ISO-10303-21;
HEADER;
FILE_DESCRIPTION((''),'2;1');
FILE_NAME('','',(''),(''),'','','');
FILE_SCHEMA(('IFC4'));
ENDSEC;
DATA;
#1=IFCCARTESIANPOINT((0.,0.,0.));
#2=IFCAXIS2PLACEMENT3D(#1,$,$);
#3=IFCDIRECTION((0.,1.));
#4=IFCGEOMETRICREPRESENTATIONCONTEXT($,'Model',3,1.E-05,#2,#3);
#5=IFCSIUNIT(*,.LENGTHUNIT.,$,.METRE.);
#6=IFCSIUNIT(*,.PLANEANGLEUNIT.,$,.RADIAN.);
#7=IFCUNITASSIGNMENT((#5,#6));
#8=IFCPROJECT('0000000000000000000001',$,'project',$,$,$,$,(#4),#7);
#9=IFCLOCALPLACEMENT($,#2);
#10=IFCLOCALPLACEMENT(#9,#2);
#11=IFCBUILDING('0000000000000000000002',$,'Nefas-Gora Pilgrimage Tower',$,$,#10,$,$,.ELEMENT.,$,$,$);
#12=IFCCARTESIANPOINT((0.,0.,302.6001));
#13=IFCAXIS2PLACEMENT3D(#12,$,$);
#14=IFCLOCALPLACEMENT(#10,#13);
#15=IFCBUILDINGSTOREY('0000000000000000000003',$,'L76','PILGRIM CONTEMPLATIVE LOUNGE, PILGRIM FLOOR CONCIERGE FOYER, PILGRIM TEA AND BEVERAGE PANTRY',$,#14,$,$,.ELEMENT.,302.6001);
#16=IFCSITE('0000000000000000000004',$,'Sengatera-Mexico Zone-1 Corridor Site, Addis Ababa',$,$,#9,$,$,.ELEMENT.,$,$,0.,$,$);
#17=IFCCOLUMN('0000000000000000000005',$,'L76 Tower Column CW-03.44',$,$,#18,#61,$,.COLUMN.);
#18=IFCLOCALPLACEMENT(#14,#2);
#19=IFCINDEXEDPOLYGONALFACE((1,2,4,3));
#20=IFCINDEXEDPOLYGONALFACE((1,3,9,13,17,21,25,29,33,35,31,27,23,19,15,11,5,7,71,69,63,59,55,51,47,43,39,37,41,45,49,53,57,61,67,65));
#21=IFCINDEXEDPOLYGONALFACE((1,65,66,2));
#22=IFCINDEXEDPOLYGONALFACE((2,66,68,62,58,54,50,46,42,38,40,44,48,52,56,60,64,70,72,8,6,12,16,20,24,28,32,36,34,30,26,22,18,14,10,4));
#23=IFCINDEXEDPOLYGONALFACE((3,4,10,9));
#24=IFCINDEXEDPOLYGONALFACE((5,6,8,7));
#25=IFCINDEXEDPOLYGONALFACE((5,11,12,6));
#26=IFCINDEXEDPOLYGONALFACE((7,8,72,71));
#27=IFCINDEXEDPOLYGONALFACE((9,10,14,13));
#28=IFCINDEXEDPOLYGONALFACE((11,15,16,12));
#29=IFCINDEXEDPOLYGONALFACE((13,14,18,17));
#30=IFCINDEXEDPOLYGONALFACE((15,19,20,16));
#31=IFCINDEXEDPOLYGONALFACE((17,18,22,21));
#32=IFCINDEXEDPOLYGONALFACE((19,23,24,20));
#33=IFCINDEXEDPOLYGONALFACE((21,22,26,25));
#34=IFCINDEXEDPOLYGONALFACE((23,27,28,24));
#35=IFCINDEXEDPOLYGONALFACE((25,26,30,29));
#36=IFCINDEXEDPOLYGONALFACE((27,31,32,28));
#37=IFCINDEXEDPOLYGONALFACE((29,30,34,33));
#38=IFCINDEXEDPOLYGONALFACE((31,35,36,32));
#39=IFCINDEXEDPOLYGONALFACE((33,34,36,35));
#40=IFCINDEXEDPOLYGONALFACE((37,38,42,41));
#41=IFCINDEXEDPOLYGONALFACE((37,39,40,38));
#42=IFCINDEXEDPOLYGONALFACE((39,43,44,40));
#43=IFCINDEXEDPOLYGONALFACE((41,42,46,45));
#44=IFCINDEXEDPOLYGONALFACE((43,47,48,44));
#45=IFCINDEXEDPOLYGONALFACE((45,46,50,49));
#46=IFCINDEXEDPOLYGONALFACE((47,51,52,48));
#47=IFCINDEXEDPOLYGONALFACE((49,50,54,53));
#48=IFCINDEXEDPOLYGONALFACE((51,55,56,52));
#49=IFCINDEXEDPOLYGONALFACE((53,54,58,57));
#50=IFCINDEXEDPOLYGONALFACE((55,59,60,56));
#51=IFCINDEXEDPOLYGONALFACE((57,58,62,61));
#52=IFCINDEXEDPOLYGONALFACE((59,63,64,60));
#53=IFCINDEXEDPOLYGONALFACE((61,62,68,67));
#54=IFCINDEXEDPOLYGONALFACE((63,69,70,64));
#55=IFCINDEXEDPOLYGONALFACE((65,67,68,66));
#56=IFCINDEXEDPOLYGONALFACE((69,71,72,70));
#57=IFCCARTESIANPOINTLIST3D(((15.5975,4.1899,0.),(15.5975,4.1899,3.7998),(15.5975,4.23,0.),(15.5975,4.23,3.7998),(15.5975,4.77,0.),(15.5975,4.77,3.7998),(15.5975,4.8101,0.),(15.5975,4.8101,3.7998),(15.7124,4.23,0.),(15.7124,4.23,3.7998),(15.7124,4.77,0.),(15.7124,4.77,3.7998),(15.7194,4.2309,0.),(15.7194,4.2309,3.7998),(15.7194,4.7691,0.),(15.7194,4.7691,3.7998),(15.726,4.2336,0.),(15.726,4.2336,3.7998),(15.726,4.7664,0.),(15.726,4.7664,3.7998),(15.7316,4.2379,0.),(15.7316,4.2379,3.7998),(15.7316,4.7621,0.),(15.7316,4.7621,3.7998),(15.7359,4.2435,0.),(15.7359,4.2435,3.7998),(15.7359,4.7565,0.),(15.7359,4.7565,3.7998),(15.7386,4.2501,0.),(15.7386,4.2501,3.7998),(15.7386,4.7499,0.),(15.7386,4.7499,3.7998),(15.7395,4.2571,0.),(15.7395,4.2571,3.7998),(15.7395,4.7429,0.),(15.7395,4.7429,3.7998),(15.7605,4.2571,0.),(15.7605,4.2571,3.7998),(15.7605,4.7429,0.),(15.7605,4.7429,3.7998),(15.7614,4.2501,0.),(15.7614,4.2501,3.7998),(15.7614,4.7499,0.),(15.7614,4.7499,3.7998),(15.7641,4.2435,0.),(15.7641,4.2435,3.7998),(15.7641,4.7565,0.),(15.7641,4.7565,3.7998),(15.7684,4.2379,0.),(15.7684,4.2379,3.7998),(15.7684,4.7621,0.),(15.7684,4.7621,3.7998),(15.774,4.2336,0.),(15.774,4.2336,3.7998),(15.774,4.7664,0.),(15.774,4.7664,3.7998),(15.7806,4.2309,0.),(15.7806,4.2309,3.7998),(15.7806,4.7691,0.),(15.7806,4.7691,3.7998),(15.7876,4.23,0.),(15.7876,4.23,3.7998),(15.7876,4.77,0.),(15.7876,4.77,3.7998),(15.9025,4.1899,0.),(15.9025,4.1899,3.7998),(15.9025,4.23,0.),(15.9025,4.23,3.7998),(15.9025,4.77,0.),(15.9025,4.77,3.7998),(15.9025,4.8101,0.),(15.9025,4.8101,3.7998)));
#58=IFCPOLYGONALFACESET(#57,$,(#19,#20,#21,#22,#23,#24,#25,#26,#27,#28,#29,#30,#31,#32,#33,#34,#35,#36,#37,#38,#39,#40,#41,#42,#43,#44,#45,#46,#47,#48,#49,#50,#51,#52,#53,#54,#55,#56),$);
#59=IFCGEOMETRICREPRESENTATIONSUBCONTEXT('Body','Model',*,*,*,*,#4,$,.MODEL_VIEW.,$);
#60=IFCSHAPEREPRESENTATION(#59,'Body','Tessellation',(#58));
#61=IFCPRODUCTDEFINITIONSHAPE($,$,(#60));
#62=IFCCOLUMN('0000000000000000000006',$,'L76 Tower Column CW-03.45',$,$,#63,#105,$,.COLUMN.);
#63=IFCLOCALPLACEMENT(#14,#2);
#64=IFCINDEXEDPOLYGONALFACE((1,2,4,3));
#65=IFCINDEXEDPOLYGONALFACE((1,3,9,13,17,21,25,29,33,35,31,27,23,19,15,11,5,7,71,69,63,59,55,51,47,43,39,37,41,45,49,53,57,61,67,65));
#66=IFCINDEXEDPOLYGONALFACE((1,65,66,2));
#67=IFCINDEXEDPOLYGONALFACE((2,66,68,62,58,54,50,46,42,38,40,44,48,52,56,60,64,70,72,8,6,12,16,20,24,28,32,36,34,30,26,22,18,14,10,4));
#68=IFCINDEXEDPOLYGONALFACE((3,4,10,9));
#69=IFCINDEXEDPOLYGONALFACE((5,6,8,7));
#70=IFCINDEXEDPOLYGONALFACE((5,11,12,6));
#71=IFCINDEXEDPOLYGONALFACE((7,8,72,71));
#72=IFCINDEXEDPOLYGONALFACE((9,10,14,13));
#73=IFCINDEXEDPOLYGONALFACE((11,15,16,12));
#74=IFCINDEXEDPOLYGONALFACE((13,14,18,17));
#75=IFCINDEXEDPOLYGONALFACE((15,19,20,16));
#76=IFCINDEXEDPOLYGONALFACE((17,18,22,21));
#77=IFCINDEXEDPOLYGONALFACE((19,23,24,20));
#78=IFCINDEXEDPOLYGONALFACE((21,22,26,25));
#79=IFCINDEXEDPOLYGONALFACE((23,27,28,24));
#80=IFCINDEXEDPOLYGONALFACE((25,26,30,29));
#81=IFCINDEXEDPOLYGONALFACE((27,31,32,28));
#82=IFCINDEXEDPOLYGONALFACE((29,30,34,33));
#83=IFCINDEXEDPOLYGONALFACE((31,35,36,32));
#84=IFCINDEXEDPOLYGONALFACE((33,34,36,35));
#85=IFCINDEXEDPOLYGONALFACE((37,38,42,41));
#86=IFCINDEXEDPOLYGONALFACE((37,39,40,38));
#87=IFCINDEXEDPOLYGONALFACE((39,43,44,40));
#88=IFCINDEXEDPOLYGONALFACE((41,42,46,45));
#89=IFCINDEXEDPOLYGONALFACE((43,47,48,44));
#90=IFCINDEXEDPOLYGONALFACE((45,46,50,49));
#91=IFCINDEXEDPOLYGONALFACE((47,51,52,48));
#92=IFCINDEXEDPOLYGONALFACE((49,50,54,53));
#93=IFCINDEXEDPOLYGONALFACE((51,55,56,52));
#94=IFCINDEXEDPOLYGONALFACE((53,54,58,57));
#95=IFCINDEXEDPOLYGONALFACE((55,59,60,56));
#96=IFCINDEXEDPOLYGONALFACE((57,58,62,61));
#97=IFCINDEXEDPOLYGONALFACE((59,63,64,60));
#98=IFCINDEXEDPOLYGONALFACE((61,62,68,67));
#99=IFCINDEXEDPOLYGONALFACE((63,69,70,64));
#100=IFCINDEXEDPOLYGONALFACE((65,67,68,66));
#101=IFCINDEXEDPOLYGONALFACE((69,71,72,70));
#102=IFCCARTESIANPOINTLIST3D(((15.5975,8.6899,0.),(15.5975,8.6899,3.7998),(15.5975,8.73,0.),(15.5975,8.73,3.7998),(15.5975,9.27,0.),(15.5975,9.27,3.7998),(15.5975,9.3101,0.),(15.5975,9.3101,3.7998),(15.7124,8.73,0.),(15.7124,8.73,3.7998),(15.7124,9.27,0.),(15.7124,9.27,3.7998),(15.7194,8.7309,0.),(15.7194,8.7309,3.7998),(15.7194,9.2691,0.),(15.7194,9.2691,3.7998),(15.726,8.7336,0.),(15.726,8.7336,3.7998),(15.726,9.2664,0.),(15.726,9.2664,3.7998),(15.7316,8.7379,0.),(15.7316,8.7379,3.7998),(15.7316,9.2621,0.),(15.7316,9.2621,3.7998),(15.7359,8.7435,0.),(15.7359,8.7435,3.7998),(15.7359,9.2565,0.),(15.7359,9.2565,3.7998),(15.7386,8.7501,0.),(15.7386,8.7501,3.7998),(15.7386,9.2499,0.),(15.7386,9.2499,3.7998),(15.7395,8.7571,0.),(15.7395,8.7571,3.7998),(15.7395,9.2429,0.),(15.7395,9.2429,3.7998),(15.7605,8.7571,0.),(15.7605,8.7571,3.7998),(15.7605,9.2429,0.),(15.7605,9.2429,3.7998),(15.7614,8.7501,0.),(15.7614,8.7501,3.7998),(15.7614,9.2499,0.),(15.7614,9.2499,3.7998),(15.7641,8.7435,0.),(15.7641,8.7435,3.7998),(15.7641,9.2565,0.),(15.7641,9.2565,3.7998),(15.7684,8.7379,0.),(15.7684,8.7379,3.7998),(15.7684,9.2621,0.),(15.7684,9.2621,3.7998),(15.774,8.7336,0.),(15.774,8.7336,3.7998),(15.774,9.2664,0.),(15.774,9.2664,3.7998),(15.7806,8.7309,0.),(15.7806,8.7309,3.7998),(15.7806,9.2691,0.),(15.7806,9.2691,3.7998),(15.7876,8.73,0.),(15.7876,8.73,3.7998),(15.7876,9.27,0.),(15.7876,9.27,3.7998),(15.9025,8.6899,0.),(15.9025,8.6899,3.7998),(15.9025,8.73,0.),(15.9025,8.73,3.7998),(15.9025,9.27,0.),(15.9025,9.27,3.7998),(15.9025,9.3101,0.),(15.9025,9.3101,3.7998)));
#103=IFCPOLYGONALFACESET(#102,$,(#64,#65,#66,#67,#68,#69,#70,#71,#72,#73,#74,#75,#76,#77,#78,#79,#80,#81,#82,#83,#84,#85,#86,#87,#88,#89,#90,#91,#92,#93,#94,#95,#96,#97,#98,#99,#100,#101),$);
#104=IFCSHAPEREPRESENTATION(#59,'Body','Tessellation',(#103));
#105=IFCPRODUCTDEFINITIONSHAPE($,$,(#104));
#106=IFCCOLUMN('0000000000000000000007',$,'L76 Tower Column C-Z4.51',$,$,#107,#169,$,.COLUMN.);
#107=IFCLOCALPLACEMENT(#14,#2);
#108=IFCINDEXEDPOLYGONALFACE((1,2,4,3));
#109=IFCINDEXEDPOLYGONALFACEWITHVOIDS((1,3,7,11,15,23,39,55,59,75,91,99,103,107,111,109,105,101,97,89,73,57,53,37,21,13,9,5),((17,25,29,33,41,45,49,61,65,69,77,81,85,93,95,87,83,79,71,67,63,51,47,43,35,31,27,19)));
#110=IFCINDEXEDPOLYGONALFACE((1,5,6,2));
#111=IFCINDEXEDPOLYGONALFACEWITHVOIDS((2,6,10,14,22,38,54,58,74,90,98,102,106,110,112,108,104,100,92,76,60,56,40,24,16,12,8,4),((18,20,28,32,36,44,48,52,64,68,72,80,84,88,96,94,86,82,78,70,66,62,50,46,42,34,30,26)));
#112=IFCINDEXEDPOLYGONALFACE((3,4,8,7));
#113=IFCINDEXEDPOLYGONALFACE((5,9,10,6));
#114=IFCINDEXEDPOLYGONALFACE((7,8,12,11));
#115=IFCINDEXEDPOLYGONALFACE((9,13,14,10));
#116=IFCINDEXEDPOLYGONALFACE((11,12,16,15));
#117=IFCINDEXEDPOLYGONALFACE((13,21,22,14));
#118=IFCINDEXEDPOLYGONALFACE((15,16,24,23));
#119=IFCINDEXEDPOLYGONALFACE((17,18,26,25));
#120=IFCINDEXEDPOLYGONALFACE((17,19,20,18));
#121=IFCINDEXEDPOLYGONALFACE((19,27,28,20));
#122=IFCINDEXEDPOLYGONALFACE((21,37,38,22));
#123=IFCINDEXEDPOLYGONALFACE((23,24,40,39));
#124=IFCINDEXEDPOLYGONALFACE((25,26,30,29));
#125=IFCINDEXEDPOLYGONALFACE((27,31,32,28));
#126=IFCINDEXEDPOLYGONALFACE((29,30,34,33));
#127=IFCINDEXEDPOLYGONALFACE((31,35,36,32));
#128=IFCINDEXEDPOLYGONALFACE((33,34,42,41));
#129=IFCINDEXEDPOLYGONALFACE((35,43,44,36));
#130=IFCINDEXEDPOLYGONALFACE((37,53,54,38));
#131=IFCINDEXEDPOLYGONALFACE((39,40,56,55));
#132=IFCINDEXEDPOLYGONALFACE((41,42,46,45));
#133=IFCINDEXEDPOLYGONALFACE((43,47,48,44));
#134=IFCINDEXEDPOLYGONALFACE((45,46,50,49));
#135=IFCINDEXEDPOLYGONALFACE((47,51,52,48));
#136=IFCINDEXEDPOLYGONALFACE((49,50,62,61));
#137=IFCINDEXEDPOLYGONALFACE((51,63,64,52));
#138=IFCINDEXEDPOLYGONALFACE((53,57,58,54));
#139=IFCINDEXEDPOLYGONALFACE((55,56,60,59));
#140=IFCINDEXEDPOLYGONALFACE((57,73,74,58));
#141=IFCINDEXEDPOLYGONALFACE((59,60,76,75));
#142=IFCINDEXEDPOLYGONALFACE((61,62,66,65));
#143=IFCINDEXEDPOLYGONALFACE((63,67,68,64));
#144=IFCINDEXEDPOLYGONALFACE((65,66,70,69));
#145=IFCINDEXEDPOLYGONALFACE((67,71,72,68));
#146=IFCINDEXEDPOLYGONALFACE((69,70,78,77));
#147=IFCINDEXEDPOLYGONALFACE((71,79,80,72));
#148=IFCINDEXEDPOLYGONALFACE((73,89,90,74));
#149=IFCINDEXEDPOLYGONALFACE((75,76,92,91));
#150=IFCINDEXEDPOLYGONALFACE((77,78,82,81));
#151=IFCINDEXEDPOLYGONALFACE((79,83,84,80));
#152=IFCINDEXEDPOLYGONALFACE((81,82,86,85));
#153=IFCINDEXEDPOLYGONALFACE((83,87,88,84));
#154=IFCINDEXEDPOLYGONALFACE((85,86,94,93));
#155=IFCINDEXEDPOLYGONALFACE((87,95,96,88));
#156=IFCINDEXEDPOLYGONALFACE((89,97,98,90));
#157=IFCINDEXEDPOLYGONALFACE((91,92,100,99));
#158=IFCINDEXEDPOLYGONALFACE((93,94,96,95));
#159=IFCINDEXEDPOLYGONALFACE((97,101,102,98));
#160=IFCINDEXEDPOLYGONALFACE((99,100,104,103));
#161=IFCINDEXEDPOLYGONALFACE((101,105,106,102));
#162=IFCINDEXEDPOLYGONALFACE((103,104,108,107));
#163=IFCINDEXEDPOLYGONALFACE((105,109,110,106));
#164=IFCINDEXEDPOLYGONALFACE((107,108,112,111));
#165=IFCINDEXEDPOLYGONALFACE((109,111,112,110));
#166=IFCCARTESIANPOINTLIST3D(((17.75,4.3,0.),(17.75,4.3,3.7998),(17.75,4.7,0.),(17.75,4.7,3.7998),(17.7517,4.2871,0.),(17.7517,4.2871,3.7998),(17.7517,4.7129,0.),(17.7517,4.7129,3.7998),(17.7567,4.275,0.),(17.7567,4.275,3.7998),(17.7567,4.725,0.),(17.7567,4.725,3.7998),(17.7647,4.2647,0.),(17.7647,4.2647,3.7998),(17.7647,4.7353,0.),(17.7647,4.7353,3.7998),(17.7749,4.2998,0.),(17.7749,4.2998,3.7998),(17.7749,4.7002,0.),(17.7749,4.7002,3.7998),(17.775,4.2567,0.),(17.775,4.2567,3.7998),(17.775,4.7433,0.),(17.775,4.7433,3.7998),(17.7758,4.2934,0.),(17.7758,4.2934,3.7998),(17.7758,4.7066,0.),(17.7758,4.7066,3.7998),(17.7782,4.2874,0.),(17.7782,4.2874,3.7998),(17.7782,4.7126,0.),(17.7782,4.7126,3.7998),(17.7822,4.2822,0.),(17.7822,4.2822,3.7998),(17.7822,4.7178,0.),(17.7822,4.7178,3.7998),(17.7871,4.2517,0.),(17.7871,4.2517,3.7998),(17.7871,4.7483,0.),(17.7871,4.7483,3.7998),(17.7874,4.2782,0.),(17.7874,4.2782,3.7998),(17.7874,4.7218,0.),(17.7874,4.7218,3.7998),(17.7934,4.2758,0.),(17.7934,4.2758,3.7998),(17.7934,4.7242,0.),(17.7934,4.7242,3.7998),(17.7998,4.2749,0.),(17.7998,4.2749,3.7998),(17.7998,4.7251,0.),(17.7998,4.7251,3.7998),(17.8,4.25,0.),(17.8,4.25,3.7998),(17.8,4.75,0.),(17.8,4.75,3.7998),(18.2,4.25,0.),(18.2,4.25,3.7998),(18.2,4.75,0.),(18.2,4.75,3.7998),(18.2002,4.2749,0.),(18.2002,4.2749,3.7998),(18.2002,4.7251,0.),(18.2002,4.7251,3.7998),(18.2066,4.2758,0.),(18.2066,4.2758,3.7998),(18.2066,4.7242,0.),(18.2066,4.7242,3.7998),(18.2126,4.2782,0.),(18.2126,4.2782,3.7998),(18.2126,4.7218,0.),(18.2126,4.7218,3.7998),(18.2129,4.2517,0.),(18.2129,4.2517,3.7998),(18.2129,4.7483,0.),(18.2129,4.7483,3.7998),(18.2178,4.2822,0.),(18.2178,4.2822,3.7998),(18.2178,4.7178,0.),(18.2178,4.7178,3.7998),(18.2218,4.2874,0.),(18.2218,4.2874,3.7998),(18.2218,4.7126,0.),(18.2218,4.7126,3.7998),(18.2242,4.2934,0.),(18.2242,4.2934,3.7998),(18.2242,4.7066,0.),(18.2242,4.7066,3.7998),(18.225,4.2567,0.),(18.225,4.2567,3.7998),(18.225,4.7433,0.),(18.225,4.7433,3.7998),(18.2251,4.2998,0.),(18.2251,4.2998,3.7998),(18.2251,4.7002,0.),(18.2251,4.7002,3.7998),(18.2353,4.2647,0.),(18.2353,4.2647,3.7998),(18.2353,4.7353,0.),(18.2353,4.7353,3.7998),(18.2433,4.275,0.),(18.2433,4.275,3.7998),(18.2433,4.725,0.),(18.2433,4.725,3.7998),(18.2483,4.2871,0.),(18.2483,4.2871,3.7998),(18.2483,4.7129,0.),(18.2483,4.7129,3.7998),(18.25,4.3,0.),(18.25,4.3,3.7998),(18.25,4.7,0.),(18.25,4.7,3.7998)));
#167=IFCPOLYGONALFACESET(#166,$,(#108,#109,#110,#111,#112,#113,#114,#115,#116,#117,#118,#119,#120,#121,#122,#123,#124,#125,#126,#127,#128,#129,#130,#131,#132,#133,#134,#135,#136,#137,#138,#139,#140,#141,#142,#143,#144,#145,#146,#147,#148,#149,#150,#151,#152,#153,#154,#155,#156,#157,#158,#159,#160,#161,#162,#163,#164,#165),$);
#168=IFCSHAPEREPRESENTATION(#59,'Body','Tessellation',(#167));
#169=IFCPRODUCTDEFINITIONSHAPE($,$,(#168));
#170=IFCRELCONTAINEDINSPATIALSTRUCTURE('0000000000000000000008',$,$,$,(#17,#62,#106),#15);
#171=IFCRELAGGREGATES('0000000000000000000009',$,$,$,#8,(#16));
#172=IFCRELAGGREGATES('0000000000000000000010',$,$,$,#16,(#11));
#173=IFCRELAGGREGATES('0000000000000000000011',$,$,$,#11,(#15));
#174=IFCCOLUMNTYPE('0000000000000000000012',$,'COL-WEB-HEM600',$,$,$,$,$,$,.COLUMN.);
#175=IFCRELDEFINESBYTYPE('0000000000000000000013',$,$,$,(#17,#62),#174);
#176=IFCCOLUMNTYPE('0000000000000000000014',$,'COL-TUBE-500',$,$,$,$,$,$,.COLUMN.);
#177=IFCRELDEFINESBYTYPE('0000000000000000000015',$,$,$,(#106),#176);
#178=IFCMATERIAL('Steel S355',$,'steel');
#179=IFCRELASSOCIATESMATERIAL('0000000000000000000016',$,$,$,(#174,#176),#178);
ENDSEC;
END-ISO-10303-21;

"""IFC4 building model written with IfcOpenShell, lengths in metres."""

from ifc_helpers import new_model, si_unit, direction, frame, origin, origin_2d, place, context, subcontext, project, spatial, hollow_rectangle, i_section, extrude, source, transform, mapped, material, material_profile, profile_set, type_object, element, save


model = new_model("IFC4")

# Units and contexts
model_context = context("Model", 3, precision=1e-05, world=origin(), true_north=direction((0.0, 1.0)))
body_context = subcontext(model_context, "Body", "Model", "MODEL_VIEW")
ifc_project = project(units=[si_unit("LENGTHUNIT", "METRE"), si_unit("PLANEANGLEUNIT", "RADIAN")], contexts=[model_context])

# Site, building, storey
site_placement = place(None, origin())
site = spatial("IfcSite", under=ifc_project, at=site_placement, Name="Sengatera-Mexico Zone-1 Corridor Site, Addis Ababa", CompositionType="ELEMENT", RefElevation=0.0)
building_placement = place(site_placement, origin())
building = spatial("IfcBuilding", under=site, at=building_placement, Name="Nefas-Gora Pilgrimage Tower", CompositionType="ELEMENT")
storey_placement = place(building_placement, frame((0.0, 0.0, 302.6001)))
storey = spatial("IfcBuildingStorey", under=building, at=storey_placement, Name="L76", Description="PILGRIM CONTEMPLATIVE LOUNGE, PILGRIM FLOOR CONCIERGE FOYER, PILGRIM TEA AND BEVERAGE PANTRY", CompositionType="ELEMENT", Elevation=302.6001)

# Columns
ifc_material_1 = material(Name="Steel S355", Category="steel")
ifc_material_profile_1 = material_profile(ifc_material_1, i_section(OverallWidth=0.3049, OverallDepth=0.6201, WebThickness=0.021, FlangeThickness=0.04, FilletRadius=0.0271, at=origin_2d()), Name="HEM 600")
ifc_profile_set_1 = profile_set([ifc_material_profile_1], Name="Steel S355")
column_type_1 = type_object("IfcColumnType", Name="COL-WEB-HEM600", PredefinedType="COLUMN", material=ifc_profile_set_1)
shared_shape_1 = source(origin(), body_context, "Body", "SweptSolid", [
    extrude(i_section(OverallWidth=0.3049, OverallDepth=0.6201, WebThickness=0.021, FlangeThickness=0.04, FilletRadius=0.0271, at=origin_2d()), origin(), (0.0, 0.0, 1.0), 3.7998),
])
for number, where, z_axis, x_axis, name in (
    (1, (15.75, 4.5, 0.0), (0.0, 0.0, 1.0), (1.0, 0.0, 0.0), "L76 Tower Column CW-03.44"),
    (2, (15.75, 9.0, 0.0), (0.0, 0.0, 1.0), (1.0, 0.0, 0.0), "L76 Tower Column CW-03.45"),
):
    element("IfcColumn", number, at=place(storey_placement, frame(where, z_axis=z_axis, x_axis=x_axis)), inside=storey, type_object=column_type_1, Name=name, PredefinedType="COLUMN", context=body_context, shape_type="MappedRepresentation", body=[
        mapped(shared_shape_1, transform((0.0, 0.0, 0.0), x_axis=(1.0, 0.0, 0.0), y_axis=(0.0, 1.0, 0.0), z_axis=(0.0, 0.0, 1.0), scale=1.0)),
    ])
ifc_material_profile_2 = material_profile(ifc_material_1, hollow_rectangle(XDim=0.5, YDim=0.5, WallThickness=0.0249, InnerFilletRadius=0.0249, OuterFilletRadius=0.05, at=origin_2d()), Name="SHS 500x500x25")
ifc_profile_set_2 = profile_set([ifc_material_profile_2], Name="Steel S355")
column_type_2 = type_object("IfcColumnType", Name="COL-TUBE-500", PredefinedType="COLUMN", material=ifc_profile_set_2)
shared_shape_2 = source(origin(), body_context, "Body", "SweptSolid", [
    extrude(hollow_rectangle(XDim=0.5, YDim=0.5, WallThickness=0.0249, InnerFilletRadius=0.0249, OuterFilletRadius=0.05, at=origin_2d()), origin(), (0.0, 0.0, 1.0), 3.7998),
])
for number, where, z_axis, x_axis, name in (
    (3, (18.0, 4.5, 0.0), (0.0, 0.0, 1.0), (1.0, 0.0, 0.0), "L76 Tower Column C-Z4.51"),
):
    element("IfcColumn", number, at=place(storey_placement, frame(where, z_axis=z_axis, x_axis=x_axis)), inside=storey, type_object=column_type_2, Name=name, PredefinedType="COLUMN", context=body_context, shape_type="MappedRepresentation", body=[
        mapped(shared_shape_2, transform((0.0, 0.0, 0.0), x_axis=(1.0, 0.0, 0.0), y_axis=(0.0, 1.0, 0.0), z_axis=(0.0, 0.0, 1.0), scale=1.0)),
    ])

save(model, "model.ifc")
